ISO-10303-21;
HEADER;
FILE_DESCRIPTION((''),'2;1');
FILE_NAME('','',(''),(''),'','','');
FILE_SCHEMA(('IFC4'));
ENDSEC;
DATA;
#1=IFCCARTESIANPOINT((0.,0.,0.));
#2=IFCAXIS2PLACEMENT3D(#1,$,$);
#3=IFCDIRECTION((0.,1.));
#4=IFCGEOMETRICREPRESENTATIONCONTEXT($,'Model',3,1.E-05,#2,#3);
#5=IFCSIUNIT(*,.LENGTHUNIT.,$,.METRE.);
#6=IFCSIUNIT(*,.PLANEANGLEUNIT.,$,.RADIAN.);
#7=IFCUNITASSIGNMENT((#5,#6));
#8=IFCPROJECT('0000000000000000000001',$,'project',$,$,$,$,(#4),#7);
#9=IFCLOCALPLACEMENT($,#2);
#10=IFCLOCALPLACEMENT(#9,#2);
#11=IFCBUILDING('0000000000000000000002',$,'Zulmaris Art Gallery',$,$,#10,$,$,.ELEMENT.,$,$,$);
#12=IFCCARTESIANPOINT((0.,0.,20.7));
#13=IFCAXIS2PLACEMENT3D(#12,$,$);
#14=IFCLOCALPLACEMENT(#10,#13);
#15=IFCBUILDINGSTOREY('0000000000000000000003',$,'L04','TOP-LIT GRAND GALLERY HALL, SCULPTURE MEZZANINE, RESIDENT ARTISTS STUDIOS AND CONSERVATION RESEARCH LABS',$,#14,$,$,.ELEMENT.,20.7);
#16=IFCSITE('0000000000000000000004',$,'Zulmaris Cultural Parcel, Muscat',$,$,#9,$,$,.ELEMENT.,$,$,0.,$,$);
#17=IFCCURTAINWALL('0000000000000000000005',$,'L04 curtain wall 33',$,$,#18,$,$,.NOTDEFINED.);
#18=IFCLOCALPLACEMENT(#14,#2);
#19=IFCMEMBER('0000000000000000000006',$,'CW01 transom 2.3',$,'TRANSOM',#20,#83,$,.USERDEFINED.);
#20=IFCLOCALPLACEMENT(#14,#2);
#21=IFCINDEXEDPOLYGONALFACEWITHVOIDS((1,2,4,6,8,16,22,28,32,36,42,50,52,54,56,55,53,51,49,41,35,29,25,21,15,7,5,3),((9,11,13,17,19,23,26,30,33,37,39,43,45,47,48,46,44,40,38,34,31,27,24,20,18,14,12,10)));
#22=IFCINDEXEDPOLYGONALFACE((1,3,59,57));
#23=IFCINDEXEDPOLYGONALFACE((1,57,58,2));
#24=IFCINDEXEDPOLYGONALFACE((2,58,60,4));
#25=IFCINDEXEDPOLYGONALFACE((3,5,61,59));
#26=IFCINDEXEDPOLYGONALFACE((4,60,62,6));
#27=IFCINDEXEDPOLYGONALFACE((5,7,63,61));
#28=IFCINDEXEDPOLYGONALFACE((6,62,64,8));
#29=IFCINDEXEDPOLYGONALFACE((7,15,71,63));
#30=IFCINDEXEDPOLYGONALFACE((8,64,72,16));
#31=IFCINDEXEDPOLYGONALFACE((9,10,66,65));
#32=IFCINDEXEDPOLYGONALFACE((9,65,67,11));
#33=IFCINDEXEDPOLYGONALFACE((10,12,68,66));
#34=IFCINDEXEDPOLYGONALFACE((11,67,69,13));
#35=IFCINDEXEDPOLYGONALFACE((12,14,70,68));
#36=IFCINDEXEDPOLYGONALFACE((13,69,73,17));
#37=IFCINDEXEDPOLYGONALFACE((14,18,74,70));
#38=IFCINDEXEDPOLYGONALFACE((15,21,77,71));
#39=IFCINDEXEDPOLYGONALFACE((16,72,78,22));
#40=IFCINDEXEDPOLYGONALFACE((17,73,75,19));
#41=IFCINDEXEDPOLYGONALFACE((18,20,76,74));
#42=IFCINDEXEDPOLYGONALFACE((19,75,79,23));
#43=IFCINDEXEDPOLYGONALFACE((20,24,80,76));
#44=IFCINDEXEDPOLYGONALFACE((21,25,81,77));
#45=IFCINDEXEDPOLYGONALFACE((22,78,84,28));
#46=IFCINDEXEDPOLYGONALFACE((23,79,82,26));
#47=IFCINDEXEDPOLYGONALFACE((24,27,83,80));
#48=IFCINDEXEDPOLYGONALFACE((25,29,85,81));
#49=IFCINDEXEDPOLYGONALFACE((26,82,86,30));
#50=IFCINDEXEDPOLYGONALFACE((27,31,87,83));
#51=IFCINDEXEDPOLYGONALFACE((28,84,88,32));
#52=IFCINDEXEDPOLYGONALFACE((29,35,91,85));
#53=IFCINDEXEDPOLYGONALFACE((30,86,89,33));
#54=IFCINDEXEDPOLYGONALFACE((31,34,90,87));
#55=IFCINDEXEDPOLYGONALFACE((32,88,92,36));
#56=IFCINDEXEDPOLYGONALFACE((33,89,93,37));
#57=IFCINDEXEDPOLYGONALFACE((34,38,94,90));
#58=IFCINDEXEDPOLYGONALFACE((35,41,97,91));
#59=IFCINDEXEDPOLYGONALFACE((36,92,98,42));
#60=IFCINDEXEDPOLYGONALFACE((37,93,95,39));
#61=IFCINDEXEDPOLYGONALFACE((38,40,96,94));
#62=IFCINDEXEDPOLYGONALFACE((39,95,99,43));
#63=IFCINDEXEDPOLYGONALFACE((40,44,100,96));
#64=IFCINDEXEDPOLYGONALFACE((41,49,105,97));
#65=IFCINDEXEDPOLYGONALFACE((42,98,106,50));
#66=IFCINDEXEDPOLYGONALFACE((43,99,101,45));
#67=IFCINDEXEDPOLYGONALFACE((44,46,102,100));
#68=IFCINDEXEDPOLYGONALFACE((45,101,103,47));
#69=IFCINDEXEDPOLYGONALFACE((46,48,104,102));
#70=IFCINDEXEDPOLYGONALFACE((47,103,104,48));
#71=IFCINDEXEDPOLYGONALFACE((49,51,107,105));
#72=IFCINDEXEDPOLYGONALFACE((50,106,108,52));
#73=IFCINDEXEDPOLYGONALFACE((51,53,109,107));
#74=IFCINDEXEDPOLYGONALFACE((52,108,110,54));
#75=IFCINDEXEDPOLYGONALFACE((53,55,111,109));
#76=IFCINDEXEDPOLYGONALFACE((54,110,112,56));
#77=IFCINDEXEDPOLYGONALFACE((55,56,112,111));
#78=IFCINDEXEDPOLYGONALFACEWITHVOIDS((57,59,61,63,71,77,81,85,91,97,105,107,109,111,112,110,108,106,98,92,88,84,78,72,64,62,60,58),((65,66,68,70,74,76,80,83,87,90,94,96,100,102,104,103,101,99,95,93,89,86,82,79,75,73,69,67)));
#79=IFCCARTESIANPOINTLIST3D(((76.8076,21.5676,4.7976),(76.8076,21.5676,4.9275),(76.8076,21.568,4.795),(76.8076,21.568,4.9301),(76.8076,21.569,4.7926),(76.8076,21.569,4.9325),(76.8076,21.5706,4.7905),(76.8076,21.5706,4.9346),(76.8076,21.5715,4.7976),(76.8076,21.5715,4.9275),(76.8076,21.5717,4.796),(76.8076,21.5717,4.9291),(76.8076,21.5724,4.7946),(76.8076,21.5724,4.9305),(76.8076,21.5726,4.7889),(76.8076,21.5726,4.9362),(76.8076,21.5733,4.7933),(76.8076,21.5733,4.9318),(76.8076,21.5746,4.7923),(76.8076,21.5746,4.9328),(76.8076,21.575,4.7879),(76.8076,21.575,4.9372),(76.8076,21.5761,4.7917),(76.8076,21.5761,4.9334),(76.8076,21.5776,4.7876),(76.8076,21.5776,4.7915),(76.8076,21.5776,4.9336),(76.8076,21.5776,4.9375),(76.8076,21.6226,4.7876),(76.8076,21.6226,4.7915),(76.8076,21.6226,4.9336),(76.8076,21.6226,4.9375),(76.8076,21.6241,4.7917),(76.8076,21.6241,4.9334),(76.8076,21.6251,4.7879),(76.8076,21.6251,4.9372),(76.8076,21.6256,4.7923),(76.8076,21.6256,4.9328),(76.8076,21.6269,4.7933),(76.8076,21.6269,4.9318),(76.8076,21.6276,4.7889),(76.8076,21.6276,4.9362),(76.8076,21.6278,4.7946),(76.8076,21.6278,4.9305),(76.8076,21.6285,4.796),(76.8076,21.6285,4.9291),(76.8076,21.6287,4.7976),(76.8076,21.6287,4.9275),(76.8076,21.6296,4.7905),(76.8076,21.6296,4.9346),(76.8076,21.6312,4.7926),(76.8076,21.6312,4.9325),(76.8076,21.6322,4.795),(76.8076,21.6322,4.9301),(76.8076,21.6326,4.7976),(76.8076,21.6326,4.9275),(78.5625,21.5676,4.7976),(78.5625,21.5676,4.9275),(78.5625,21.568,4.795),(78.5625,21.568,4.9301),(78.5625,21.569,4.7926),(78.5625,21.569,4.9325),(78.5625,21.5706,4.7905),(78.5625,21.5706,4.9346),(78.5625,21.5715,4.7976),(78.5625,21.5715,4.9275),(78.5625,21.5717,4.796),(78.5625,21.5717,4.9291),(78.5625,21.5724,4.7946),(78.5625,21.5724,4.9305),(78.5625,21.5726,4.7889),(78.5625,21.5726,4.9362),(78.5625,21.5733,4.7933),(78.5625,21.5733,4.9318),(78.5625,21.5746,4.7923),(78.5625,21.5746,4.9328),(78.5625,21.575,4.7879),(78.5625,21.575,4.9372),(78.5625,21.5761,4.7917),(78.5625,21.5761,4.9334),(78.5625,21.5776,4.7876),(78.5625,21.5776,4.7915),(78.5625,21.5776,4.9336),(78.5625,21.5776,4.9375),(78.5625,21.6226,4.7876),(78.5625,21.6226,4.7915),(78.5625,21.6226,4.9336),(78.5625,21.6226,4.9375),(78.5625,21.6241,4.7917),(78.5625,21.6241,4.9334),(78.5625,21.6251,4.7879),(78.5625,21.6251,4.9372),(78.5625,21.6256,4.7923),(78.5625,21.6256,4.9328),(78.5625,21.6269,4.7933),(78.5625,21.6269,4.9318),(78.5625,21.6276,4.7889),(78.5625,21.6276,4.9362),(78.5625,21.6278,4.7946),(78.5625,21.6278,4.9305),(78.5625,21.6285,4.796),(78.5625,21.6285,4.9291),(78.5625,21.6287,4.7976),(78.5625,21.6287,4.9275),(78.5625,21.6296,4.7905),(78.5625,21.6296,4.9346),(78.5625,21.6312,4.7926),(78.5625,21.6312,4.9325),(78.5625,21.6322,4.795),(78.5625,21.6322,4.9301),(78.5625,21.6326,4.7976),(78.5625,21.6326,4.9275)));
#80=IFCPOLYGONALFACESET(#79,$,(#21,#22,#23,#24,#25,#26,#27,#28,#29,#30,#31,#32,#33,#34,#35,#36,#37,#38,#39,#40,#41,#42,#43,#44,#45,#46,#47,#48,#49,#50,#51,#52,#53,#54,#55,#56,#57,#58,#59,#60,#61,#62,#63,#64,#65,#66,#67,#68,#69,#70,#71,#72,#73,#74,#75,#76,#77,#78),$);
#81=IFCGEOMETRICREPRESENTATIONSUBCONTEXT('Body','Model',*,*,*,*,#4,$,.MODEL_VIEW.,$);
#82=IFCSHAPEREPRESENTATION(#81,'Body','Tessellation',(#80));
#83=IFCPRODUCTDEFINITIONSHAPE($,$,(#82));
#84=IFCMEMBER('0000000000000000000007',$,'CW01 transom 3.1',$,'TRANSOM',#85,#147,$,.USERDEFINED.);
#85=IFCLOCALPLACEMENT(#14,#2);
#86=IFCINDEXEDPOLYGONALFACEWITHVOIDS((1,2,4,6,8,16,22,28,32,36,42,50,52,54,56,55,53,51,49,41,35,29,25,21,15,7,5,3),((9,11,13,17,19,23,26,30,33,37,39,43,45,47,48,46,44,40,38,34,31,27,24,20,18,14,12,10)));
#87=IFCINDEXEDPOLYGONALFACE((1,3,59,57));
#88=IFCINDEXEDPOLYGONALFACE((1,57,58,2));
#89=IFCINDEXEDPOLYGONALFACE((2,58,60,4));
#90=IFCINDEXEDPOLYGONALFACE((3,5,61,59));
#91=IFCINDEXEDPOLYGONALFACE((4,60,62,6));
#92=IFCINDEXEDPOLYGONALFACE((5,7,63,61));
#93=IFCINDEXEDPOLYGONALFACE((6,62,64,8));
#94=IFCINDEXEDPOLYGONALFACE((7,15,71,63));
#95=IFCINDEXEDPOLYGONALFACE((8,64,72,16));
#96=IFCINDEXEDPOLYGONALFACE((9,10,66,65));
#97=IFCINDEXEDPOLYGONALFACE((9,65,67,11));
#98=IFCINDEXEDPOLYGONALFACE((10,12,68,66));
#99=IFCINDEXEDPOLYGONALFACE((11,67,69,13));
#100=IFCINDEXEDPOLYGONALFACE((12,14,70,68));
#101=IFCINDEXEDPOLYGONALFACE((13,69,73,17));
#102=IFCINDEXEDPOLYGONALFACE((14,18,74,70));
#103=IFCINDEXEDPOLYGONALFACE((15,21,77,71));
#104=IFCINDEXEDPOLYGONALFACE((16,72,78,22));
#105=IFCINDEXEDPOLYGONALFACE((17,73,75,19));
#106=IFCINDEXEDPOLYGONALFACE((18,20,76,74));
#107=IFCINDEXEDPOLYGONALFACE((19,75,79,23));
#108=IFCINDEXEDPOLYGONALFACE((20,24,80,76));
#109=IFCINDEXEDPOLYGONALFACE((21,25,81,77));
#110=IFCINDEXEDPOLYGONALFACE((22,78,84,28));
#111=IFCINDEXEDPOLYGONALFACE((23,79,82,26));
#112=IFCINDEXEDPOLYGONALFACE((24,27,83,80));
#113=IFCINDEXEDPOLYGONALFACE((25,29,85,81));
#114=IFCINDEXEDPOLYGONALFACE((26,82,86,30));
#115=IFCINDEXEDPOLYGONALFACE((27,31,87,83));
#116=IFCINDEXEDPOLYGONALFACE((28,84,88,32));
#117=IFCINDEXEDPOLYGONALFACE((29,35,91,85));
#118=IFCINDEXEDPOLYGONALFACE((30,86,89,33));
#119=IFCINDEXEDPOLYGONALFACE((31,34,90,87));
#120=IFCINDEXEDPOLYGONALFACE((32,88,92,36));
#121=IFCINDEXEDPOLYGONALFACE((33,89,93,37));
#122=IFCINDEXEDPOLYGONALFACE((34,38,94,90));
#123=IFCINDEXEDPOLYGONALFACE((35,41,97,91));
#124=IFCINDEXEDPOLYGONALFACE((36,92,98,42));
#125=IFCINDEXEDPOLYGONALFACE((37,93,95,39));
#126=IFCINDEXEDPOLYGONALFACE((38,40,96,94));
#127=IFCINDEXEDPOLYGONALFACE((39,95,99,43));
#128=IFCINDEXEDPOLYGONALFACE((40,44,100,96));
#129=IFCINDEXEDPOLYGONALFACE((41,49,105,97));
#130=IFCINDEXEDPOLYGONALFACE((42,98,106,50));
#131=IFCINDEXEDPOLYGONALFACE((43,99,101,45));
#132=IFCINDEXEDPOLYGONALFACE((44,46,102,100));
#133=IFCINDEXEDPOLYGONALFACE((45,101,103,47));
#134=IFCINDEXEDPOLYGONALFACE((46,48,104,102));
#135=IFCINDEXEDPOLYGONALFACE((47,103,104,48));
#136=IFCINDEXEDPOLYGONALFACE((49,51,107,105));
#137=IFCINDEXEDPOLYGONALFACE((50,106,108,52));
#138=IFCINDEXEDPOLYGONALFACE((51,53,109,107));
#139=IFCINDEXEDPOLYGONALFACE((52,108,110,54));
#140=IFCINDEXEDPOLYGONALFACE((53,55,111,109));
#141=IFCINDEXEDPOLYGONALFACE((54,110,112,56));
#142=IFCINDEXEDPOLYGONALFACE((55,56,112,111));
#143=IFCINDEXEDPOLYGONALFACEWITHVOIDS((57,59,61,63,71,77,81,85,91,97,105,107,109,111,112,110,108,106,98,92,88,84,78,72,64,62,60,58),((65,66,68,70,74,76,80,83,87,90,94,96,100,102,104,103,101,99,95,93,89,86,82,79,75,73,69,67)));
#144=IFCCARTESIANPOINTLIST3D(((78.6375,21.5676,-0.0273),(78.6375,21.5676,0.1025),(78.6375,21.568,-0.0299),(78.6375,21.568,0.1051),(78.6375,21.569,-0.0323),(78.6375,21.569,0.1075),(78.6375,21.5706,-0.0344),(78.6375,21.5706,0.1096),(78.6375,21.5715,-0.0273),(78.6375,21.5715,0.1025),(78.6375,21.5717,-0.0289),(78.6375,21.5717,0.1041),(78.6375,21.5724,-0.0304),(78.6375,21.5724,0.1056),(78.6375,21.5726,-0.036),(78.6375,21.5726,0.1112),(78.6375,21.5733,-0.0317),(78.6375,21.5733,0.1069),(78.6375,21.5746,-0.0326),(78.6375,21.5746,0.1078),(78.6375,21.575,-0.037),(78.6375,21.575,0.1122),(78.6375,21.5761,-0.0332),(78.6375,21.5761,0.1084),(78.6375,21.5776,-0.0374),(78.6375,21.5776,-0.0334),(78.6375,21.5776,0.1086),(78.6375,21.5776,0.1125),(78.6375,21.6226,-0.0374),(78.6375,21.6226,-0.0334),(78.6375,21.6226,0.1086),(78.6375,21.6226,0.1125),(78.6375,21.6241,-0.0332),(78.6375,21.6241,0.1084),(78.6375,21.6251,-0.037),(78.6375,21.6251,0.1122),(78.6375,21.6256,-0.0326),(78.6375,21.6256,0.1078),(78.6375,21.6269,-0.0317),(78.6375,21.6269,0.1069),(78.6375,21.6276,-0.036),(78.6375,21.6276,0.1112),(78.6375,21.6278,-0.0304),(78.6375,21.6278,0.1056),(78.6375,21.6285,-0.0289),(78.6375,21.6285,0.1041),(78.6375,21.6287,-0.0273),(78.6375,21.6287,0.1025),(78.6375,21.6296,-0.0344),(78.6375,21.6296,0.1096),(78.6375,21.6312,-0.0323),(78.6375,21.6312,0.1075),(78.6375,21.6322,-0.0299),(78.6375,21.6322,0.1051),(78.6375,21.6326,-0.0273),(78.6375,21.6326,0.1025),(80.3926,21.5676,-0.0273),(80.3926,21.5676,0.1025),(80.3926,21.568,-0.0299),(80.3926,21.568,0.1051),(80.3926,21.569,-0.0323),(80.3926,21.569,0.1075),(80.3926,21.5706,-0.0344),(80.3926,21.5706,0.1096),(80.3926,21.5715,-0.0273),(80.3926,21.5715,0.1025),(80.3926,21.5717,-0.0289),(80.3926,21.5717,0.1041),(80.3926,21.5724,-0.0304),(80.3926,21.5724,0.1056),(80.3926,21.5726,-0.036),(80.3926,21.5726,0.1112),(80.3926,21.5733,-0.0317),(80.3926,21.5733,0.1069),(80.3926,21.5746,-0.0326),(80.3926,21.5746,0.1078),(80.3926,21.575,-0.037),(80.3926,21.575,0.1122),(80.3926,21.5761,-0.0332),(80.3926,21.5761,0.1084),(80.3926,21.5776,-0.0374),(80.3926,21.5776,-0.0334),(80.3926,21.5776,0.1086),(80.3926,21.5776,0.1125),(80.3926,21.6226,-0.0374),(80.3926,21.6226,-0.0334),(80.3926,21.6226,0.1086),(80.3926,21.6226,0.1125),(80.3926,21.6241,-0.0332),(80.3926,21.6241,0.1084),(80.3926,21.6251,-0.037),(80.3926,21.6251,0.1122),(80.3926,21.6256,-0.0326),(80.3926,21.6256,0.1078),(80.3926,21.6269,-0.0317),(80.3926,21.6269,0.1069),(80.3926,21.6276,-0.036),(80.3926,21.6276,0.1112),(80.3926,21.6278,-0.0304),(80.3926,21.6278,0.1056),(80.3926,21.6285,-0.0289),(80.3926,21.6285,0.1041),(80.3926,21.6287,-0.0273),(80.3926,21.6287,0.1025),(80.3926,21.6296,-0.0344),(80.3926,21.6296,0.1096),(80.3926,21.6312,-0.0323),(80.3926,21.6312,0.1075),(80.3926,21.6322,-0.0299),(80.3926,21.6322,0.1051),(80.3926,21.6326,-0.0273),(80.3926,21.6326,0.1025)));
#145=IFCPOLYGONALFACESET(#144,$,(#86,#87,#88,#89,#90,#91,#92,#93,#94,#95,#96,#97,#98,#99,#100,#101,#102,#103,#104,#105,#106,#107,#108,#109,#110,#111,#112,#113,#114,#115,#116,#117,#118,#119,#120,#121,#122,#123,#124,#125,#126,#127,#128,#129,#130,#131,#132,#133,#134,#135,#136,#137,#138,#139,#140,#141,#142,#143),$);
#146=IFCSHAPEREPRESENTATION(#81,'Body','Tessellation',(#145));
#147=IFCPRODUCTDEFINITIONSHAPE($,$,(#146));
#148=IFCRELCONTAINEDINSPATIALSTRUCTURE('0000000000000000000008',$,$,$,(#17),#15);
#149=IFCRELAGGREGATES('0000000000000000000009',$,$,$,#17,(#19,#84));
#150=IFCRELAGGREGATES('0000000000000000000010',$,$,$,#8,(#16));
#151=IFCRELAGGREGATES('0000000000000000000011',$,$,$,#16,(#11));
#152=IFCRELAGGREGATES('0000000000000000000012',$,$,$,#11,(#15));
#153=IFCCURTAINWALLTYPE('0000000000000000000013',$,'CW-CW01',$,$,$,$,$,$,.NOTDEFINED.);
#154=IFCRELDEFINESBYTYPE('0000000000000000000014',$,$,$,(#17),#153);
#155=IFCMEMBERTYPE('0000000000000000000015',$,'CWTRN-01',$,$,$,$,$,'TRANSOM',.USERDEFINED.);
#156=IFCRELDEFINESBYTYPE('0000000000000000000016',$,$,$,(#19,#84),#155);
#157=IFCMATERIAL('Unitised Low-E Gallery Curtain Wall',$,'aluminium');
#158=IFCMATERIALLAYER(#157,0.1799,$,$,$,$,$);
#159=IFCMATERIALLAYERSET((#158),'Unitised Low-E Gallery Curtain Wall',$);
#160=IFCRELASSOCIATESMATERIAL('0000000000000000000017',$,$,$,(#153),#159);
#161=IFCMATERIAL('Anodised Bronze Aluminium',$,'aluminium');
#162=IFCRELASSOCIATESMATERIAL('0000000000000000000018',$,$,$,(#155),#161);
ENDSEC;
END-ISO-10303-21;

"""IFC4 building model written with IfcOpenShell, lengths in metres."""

from ifc_helpers import new_model, si_unit, direction, frame, origin, origin_2d, place, context, subcontext, project, spatial, hollow_rectangle, extrude, material, layer, layer_set, material_profile, profile_set, type_object, element, aggregate, save


model = new_model("IFC4")

# Units and contexts
model_context = context("Model", 3, precision=1e-05, world=origin(), true_north=direction((0.0, 1.0)))
body_context = subcontext(model_context, "Body", "Model", "MODEL_VIEW")
ifc_project = project(units=[si_unit("LENGTHUNIT", "METRE"), si_unit("PLANEANGLEUNIT", "RADIAN")], contexts=[model_context])

# Site, building, storey
site_placement = place(None, origin())
site = spatial("IfcSite", under=ifc_project, at=site_placement, Name="Zulmaris Cultural Parcel, Muscat", CompositionType="ELEMENT", RefElevation=0.0)
building_placement = place(site_placement, origin())
building = spatial("IfcBuilding", under=site, at=building_placement, Name="Zulmaris Art Gallery", CompositionType="ELEMENT")
storey_placement = place(building_placement, frame((0.0, 0.0, 20.7)))
storey = spatial("IfcBuildingStorey", under=building, at=storey_placement, Name="L04", Description="TOP-LIT GRAND GALLERY HALL, SCULPTURE MEZZANINE, RESIDENT ARTISTS STUDIOS AND CONSERVATION RESEARCH LABS", CompositionType="ELEMENT", Elevation=20.7)

# Curtain wall
ifc_material_1 = material(Name="Unitised Low-E Gallery Curtain Wall", Category="aluminium")
ifc_layer_1 = layer(ifc_material_1, 0.1799)
ifc_layer_set_1 = layer_set([ifc_layer_1], Name="Unitised Low-E Gallery Curtain Wall")
curtain_wall_type_1 = type_object("IfcCurtainWallType", Name="CW-CW01", PredefinedType="NOTDEFINED", material=ifc_layer_set_1)
curtain_wall_1_placement = place(storey_placement, origin())
curtain_wall_1 = element("IfcCurtainWall", 1, at=curtain_wall_1_placement, inside=storey, type_object=curtain_wall_type_1, Name="L04 curtain wall 33", PredefinedType="NOTDEFINED")
ifc_material_2 = material(Name="Anodised Bronze Aluminium", Category="aluminium")

# Members
ifc_material_profile_1 = material_profile(ifc_material_2, hollow_rectangle(XDim=0.0649, YDim=0.1499, WallThickness=0.0039, InnerFilletRadius=0.0061, OuterFilletRadius=0.01, at=origin_2d()), Name="ALU 65x150x4")
ifc_profile_set_1 = profile_set([ifc_material_profile_1], Name="Anodised Bronze Aluminium")
member_type_1 = type_object("IfcMemberType", Name="CWTRN-01", ElementType="TRANSOM", PredefinedType="USERDEFINED", material=ifc_profile_set_1)
member_1_placement = place(storey_placement, frame((76.8076, 21.6001, 4.8625), z_axis=(1.0, 0.0, 0.0), x_axis=(0.0, 1.0, 0.0)))
member_1 = element("IfcMember", 2, at=member_1_placement, type_object=member_type_1, Name="CW01 transom 2.3", ObjectType="TRANSOM", PredefinedType="USERDEFINED", context=body_context, shape_type="SweptSolid", body=[
    extrude(hollow_rectangle(XDim=0.0649, YDim=0.1499, WallThickness=0.0039, InnerFilletRadius=0.0061, OuterFilletRadius=0.01, at=origin_2d()), origin(), (0.0, 0.0, 1.0), 1.7549),
])
member_2_placement = place(storey_placement, frame((78.6375, 21.6001, 0.0376), z_axis=(1.0, 0.0, 0.0), x_axis=(0.0, 1.0, 0.0)))
member_2 = element("IfcMember", 3, at=member_2_placement, type_object=member_type_1, Name="CW01 transom 3.1", ObjectType="TRANSOM", PredefinedType="USERDEFINED", context=body_context, shape_type="SweptSolid", body=[
    extrude(hollow_rectangle(XDim=0.0649, YDim=0.1499, WallThickness=0.0039, InnerFilletRadius=0.0061, OuterFilletRadius=0.01, at=origin_2d()), origin(), (0.0, 0.0, 1.0), 1.7551),
])

aggregate(curtain_wall_1, [member_1, member_2])

save(model, "model.ifc")
